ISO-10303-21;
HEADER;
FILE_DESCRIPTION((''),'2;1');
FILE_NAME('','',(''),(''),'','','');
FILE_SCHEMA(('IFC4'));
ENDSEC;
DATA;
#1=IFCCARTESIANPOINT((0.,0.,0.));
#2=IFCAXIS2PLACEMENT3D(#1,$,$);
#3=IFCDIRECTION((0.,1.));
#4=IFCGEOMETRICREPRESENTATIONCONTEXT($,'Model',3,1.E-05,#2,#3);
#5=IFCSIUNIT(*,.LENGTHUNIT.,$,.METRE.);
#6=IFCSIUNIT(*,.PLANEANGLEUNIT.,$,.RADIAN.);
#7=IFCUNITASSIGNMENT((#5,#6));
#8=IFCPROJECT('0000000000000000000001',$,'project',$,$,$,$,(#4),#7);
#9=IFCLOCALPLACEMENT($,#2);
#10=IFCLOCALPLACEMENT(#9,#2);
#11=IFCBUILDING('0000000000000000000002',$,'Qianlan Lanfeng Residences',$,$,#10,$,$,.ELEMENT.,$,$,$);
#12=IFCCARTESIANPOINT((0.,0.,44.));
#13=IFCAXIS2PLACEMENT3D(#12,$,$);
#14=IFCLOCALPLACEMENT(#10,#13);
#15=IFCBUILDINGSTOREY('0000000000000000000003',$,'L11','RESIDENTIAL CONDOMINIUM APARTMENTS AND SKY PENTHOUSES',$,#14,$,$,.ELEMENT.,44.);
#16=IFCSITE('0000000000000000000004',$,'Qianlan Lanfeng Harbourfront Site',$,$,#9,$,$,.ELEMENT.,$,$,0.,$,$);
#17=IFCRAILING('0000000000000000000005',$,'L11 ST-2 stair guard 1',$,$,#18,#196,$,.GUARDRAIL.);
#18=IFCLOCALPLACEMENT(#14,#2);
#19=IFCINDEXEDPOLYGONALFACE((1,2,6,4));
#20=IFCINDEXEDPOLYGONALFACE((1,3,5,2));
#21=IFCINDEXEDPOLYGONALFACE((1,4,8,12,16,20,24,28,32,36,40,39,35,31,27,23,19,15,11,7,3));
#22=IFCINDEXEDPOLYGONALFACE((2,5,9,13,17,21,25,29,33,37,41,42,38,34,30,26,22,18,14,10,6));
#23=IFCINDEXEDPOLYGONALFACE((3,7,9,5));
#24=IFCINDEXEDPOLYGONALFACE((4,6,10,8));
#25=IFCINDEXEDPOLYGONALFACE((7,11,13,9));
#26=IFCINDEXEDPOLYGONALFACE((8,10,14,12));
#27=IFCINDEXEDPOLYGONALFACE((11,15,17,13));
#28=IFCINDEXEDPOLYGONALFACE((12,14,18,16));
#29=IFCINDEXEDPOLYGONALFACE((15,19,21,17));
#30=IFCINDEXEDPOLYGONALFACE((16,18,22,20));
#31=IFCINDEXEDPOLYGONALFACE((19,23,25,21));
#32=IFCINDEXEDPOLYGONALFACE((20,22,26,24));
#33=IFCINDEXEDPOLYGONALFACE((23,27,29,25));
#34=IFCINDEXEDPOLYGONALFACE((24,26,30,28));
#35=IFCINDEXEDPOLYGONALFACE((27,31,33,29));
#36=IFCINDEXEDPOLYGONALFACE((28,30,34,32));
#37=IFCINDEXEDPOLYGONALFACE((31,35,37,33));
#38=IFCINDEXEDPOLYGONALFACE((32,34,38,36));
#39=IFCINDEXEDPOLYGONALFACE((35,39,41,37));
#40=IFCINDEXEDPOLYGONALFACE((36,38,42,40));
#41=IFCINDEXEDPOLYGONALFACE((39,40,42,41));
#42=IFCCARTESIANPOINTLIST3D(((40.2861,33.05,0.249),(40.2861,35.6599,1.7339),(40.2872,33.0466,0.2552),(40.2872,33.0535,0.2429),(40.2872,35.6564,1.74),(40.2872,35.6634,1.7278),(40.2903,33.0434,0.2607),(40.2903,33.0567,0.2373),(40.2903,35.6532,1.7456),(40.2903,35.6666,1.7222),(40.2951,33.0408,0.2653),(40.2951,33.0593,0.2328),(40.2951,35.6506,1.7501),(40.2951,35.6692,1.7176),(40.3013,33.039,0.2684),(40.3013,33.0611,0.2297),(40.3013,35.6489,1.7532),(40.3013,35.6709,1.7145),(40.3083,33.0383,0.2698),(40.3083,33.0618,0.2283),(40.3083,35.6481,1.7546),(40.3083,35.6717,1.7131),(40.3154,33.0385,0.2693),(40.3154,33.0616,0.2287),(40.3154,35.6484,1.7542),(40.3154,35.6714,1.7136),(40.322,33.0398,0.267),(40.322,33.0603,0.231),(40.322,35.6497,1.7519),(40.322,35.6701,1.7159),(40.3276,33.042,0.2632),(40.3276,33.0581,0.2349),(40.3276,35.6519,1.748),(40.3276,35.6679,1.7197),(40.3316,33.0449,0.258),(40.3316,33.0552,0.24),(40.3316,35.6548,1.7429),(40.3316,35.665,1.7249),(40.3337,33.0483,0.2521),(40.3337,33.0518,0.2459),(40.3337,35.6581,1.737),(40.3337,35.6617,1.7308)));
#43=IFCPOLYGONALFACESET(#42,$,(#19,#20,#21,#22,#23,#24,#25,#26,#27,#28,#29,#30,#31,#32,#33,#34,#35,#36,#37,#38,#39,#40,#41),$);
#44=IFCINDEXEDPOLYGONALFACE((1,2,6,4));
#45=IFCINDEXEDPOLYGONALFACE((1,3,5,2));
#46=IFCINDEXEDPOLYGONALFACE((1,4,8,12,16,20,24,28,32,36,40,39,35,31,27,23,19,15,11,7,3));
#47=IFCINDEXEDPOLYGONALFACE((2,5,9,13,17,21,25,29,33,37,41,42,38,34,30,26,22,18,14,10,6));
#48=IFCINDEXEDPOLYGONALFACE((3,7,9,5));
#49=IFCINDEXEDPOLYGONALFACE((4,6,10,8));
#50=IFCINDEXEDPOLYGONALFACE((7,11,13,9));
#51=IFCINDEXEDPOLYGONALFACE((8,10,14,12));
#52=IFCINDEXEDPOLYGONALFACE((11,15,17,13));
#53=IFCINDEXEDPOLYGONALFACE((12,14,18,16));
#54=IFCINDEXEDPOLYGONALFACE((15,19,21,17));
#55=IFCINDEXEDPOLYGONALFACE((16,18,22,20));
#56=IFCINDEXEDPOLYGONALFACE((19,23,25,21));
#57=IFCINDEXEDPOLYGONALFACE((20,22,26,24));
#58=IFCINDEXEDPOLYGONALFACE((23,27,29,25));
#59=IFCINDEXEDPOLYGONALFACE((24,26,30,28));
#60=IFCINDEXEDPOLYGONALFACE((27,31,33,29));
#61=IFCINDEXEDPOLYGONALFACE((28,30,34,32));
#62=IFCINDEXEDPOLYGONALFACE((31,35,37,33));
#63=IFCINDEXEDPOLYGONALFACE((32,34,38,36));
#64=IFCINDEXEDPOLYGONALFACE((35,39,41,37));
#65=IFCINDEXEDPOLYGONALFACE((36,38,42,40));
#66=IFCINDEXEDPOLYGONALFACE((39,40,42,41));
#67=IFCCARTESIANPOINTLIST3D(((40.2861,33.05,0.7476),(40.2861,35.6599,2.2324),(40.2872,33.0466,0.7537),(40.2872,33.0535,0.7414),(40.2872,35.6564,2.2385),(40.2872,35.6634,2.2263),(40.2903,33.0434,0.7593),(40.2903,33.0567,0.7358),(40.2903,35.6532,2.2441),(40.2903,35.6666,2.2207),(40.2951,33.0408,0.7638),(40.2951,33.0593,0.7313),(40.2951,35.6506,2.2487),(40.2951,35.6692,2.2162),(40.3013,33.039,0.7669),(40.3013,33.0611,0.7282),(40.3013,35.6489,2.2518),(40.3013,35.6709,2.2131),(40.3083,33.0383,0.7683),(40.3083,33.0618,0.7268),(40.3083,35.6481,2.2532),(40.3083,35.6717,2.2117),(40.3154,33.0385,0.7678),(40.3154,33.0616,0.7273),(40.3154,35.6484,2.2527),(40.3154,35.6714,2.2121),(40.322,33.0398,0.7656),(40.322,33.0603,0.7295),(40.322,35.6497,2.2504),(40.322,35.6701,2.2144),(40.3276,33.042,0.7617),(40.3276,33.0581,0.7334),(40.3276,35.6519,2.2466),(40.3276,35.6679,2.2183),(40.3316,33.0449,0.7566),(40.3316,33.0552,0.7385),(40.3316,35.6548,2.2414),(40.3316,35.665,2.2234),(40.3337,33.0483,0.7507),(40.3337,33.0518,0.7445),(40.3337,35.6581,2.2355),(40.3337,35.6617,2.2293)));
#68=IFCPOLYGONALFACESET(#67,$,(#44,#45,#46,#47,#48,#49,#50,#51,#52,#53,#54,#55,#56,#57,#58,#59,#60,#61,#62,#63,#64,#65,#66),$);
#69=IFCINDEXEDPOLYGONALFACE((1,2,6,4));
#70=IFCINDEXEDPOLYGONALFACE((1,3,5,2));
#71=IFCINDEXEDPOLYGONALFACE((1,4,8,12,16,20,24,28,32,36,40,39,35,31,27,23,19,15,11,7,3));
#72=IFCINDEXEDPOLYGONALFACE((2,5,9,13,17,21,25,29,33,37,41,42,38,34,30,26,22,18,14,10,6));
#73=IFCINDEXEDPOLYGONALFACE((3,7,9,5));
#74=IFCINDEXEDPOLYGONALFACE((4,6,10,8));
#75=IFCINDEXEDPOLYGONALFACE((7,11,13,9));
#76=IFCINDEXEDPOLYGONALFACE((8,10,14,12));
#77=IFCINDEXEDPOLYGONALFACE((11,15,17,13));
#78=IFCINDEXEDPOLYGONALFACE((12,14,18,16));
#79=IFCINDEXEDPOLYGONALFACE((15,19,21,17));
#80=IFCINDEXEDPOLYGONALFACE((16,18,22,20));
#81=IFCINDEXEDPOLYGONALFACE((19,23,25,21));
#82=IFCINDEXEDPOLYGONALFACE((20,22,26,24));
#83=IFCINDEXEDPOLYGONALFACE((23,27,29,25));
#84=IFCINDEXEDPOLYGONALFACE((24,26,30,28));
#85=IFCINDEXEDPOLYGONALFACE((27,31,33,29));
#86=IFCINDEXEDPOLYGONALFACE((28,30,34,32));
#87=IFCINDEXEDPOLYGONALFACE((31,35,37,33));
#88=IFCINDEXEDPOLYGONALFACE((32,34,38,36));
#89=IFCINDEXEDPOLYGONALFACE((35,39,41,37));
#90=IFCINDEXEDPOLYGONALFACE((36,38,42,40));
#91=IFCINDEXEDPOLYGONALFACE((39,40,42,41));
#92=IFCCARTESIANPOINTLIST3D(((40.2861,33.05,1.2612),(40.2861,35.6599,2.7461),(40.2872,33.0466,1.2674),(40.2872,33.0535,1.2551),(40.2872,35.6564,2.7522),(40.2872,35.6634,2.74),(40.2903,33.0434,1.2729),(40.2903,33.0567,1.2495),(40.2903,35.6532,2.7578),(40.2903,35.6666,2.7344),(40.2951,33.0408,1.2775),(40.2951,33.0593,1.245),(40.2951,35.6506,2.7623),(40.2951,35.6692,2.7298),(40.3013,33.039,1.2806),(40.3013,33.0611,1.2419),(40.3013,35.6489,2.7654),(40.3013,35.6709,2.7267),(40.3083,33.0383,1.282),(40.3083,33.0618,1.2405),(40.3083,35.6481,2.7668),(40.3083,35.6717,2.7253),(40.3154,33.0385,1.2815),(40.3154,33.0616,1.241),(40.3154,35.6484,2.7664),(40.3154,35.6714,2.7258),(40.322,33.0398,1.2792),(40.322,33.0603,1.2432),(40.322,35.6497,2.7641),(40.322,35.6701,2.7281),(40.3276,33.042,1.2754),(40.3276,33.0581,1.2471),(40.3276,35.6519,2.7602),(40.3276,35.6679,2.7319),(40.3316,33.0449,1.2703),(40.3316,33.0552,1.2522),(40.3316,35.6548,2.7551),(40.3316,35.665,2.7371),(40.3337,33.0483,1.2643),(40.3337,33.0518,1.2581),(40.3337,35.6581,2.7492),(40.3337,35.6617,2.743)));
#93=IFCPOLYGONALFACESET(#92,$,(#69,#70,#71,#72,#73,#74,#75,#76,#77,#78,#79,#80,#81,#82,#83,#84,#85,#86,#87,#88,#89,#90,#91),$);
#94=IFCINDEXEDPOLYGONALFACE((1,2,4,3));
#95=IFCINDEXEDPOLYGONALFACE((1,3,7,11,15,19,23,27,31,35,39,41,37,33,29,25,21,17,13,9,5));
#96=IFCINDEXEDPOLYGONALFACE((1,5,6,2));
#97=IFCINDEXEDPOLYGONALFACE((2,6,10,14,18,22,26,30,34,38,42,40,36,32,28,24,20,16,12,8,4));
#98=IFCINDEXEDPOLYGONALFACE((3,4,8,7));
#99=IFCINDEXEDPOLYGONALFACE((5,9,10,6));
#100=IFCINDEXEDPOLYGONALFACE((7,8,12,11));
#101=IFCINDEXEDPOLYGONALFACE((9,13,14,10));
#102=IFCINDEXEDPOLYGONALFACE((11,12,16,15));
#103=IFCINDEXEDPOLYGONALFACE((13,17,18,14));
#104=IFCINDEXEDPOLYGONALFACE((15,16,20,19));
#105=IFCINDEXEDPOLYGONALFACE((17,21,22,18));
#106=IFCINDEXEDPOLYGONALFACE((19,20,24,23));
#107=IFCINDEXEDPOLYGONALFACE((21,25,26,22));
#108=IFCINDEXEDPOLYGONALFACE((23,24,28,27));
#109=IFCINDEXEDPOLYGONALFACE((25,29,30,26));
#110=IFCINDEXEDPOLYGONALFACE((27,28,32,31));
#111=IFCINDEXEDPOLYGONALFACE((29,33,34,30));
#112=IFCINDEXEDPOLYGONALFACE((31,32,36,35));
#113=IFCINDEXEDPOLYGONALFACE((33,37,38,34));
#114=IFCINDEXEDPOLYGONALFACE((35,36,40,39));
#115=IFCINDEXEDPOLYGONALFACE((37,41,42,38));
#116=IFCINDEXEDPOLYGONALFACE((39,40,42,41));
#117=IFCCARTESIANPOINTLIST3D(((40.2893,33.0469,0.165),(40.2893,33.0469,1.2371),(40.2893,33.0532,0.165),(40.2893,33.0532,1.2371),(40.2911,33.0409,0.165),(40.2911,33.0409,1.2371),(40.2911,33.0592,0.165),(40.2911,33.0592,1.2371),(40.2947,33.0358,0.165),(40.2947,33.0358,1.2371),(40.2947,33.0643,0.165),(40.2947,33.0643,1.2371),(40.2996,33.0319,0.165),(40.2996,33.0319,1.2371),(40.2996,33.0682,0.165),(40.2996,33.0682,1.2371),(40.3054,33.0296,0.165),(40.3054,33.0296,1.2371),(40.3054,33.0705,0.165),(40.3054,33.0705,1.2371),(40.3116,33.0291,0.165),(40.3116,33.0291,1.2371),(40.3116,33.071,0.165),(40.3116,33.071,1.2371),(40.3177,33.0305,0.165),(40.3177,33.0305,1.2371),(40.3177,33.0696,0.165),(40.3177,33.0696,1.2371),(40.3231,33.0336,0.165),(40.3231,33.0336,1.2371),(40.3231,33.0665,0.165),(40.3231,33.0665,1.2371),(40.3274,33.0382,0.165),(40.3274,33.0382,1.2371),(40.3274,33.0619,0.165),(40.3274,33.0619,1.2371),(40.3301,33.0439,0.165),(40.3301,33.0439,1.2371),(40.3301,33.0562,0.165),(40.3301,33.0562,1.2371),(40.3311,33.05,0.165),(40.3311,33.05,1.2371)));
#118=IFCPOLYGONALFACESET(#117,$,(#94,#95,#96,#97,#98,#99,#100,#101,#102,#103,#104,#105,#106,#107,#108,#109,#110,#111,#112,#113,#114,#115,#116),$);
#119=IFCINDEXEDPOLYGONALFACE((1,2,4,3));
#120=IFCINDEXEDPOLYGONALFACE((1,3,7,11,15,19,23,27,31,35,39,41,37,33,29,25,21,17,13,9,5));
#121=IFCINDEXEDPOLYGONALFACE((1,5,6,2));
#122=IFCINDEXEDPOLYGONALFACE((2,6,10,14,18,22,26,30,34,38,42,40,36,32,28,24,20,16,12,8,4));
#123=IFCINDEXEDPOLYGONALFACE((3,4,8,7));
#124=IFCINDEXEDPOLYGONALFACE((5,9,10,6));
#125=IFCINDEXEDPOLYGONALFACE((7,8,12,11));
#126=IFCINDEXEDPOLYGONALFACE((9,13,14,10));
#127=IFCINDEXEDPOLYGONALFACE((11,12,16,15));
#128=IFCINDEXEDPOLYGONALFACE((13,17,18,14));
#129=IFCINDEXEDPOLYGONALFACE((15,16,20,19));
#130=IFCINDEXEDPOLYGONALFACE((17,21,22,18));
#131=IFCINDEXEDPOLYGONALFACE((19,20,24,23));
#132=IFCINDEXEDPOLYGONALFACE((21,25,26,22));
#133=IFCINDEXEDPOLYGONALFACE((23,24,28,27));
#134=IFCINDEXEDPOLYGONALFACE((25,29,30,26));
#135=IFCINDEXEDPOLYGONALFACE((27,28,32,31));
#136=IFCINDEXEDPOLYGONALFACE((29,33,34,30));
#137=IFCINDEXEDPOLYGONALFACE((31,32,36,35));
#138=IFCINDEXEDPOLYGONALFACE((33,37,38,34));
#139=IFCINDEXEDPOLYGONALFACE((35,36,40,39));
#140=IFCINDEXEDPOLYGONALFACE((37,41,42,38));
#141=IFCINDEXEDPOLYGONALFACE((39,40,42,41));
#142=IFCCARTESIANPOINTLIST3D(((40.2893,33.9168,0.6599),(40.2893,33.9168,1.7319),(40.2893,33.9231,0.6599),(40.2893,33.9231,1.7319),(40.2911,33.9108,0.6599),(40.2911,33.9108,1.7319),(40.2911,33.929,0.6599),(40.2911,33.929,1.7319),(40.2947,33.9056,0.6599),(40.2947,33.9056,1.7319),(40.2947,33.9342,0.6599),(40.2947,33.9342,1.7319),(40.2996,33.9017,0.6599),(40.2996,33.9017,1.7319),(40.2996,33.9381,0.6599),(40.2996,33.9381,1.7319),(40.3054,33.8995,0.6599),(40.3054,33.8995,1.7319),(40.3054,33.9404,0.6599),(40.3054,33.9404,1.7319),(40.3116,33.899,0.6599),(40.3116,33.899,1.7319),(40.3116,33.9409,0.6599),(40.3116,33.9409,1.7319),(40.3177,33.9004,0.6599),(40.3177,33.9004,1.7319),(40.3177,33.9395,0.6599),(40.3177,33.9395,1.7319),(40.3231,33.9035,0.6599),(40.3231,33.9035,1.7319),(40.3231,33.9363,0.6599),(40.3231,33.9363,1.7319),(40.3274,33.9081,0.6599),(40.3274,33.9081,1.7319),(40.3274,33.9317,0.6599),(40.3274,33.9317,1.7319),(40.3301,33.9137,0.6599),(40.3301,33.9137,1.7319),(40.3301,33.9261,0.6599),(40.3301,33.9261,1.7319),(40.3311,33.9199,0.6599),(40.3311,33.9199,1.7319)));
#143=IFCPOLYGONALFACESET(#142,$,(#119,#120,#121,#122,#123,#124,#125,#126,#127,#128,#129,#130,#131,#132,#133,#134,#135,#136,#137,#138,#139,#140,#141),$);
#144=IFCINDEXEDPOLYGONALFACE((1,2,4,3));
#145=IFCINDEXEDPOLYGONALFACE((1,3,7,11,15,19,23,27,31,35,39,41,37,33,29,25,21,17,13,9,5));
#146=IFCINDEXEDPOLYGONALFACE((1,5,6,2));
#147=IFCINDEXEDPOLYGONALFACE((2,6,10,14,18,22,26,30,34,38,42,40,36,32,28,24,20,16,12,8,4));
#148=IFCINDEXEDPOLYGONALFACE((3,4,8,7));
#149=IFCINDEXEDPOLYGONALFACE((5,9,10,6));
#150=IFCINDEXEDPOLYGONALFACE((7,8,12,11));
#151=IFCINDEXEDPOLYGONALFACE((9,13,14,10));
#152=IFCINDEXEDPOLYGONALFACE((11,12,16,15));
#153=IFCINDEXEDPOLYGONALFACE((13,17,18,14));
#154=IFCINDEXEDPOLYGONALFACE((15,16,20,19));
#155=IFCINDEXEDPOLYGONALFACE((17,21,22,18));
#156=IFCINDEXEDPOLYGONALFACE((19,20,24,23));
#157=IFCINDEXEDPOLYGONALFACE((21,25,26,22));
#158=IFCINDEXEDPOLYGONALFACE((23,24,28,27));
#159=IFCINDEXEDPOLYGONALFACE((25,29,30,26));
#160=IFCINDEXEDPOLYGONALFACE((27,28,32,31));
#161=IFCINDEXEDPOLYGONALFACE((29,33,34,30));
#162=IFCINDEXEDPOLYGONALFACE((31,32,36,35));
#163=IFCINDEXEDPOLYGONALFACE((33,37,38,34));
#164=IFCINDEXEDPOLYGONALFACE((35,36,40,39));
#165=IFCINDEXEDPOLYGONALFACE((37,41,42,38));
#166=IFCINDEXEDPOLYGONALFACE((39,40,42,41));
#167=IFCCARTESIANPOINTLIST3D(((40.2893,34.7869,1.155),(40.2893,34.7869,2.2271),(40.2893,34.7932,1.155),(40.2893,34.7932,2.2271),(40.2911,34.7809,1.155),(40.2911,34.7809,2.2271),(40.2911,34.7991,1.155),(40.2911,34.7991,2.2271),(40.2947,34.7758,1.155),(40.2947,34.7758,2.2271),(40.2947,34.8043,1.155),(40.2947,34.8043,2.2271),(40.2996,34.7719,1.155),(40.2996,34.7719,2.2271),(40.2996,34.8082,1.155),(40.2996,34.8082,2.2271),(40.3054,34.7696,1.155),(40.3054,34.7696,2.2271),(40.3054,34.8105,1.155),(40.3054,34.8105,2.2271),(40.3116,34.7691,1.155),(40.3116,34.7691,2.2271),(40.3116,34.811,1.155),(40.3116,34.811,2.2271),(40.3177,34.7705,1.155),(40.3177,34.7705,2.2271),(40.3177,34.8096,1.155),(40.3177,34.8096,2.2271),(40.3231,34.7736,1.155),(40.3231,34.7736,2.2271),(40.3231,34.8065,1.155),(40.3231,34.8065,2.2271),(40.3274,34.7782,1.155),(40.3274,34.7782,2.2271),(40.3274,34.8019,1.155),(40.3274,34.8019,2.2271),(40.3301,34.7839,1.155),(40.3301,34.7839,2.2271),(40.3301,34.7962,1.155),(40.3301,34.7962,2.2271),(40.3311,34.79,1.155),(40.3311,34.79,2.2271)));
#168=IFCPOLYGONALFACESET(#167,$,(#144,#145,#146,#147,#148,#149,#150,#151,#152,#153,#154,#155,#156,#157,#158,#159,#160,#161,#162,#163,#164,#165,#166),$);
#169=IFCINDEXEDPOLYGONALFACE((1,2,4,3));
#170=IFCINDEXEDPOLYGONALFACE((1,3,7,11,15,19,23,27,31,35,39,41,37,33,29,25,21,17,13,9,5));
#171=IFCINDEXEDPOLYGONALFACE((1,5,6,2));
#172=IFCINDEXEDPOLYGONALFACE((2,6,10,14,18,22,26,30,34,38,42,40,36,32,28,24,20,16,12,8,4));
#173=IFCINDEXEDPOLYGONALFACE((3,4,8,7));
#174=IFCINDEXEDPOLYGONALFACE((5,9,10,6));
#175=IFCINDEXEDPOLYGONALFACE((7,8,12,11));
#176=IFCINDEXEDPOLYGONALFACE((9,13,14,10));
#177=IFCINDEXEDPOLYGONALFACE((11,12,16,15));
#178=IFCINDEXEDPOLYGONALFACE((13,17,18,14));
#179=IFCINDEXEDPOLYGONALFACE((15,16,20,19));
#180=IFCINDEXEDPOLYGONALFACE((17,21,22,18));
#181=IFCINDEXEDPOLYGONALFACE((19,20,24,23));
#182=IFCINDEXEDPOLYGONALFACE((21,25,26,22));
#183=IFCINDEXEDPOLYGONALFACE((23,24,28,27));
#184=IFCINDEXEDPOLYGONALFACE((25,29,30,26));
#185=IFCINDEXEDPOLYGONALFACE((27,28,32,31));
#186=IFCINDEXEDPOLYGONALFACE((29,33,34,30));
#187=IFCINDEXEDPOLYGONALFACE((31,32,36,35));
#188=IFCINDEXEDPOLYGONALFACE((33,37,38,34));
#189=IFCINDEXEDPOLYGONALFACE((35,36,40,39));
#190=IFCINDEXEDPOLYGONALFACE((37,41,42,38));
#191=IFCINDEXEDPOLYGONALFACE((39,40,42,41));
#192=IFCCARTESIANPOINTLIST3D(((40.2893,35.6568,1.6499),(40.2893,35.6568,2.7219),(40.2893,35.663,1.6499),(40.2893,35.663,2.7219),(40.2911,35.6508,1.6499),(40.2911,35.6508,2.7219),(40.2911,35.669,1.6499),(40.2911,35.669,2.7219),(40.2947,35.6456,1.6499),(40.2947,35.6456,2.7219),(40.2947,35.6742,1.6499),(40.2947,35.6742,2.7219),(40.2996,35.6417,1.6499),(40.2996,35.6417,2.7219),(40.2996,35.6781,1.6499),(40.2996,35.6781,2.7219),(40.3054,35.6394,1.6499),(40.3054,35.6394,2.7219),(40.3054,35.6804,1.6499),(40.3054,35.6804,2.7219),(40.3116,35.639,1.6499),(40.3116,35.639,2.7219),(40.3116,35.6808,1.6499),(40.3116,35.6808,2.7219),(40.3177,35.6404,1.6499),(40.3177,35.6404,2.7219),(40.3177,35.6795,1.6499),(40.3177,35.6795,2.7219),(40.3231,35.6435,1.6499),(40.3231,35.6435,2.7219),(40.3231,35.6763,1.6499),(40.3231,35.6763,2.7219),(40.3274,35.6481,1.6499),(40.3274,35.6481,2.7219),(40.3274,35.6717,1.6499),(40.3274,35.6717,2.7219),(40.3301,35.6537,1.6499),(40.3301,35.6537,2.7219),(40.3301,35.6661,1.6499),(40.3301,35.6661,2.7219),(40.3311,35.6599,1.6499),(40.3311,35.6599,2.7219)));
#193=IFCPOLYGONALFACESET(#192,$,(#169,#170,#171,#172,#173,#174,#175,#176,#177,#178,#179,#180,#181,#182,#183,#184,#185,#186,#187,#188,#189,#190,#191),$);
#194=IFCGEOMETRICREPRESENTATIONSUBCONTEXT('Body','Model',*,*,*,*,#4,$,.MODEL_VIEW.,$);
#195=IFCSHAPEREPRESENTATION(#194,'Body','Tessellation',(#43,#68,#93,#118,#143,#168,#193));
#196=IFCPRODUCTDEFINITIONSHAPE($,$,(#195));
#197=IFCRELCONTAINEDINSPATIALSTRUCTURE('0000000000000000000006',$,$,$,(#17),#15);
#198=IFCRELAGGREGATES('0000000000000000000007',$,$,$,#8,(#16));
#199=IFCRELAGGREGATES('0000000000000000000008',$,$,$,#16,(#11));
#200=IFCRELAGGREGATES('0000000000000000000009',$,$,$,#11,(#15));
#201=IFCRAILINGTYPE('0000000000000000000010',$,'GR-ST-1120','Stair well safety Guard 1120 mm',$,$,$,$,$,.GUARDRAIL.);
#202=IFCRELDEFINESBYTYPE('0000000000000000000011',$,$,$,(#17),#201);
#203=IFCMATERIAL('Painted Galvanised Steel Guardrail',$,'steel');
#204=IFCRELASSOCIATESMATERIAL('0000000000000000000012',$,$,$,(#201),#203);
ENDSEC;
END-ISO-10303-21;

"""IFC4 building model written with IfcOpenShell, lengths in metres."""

from ifc_helpers import new_model, si_unit, direction, frame, origin, origin_2d, place, context, subcontext, project, spatial, circle, extrude, material, type_object, element, save


model = new_model("IFC4")

# Units and contexts
model_context = context("Model", 3, precision=1e-05, world=origin(), true_north=direction((0.0, 1.0)))
body_context = subcontext(model_context, "Body", "Model", "MODEL_VIEW")
ifc_project = project(units=[si_unit("LENGTHUNIT", "METRE"), si_unit("PLANEANGLEUNIT", "RADIAN")], contexts=[model_context])

# Site, building, storey
site_placement = place(None, origin())
site = spatial("IfcSite", under=ifc_project, at=site_placement, Name="Qianlan Lanfeng Harbourfront Site", CompositionType="ELEMENT", RefElevation=0.0)
building_placement = place(site_placement, origin())
building = spatial("IfcBuilding", under=site, at=building_placement, Name="Qianlan Lanfeng Residences", CompositionType="ELEMENT")
storey_placement = place(building_placement, frame((0.0, 0.0, 44.0)))
storey = spatial("IfcBuildingStorey", under=building, at=storey_placement, Name="L11", Description="RESIDENTIAL CONDOMINIUM APARTMENTS AND SKY PENTHOUSES", CompositionType="ELEMENT", Elevation=44.0)

# Railing
ifc_material_1 = material(Name="Painted Galvanised Steel Guardrail", Category="steel")
railing_type_1 = type_object("IfcRailingType", Name="GR-ST-1120", Description="Stair well safety Guard 1120 mm", PredefinedType="GUARDRAIL", material=ifc_material_1)
railing_1_placement = place(storey_placement, frame((40.3101, 33.05, 0.165)))
element("IfcRailing", 1, at=railing_1_placement, inside=storey, type_object=railing_type_1, Name="L11 ST-2 stair guard 1", PredefinedType="GUARDRAIL", context=body_context, shape_type="SweptSolid", body=[
    extrude(circle(Radius=0.0239, at=origin_2d()), frame((0.0, 0.0, 0.084), z_axis=(0.0, 0.869172, 0.494509), x_axis=(-1.0, 0.0, 0.0)), (0.0, 0.0, 1.0), 3.0027),
    extrude(circle(Radius=0.0239, at=origin_2d()), frame((0.0, 0.0, 0.5825), z_axis=(0.0, 0.869172, 0.494509), x_axis=(-1.0, 0.0, 0.0)), (0.0, 0.0, 1.0), 3.0027),
    extrude(circle(Radius=0.0239, at=origin_2d()), frame((0.0, 0.0, 1.0962), z_axis=(0.0, 0.869172, 0.494509), x_axis=(-1.0, 0.0, 0.0)), (0.0, 0.0, 1.0), 3.0027),
    extrude(circle(Radius=0.021, at=origin_2d()), origin(), (0.0, 0.0, 1.0), 1.072),
    extrude(circle(Radius=0.021, at=origin_2d()), frame((0.0, 0.8699, 0.4949)), (0.0, 0.0, 1.0), 1.072),
    extrude(circle(Radius=0.021, at=origin_2d()), frame((0.0, 1.74, 0.99)), (0.0, 0.0, 1.0), 1.072),
    extrude(circle(Radius=0.021, at=origin_2d()), frame((0.0, 2.6099, 1.4849)), (0.0, 0.0, 1.0), 1.072),
])

save(model, "model.ifc")
